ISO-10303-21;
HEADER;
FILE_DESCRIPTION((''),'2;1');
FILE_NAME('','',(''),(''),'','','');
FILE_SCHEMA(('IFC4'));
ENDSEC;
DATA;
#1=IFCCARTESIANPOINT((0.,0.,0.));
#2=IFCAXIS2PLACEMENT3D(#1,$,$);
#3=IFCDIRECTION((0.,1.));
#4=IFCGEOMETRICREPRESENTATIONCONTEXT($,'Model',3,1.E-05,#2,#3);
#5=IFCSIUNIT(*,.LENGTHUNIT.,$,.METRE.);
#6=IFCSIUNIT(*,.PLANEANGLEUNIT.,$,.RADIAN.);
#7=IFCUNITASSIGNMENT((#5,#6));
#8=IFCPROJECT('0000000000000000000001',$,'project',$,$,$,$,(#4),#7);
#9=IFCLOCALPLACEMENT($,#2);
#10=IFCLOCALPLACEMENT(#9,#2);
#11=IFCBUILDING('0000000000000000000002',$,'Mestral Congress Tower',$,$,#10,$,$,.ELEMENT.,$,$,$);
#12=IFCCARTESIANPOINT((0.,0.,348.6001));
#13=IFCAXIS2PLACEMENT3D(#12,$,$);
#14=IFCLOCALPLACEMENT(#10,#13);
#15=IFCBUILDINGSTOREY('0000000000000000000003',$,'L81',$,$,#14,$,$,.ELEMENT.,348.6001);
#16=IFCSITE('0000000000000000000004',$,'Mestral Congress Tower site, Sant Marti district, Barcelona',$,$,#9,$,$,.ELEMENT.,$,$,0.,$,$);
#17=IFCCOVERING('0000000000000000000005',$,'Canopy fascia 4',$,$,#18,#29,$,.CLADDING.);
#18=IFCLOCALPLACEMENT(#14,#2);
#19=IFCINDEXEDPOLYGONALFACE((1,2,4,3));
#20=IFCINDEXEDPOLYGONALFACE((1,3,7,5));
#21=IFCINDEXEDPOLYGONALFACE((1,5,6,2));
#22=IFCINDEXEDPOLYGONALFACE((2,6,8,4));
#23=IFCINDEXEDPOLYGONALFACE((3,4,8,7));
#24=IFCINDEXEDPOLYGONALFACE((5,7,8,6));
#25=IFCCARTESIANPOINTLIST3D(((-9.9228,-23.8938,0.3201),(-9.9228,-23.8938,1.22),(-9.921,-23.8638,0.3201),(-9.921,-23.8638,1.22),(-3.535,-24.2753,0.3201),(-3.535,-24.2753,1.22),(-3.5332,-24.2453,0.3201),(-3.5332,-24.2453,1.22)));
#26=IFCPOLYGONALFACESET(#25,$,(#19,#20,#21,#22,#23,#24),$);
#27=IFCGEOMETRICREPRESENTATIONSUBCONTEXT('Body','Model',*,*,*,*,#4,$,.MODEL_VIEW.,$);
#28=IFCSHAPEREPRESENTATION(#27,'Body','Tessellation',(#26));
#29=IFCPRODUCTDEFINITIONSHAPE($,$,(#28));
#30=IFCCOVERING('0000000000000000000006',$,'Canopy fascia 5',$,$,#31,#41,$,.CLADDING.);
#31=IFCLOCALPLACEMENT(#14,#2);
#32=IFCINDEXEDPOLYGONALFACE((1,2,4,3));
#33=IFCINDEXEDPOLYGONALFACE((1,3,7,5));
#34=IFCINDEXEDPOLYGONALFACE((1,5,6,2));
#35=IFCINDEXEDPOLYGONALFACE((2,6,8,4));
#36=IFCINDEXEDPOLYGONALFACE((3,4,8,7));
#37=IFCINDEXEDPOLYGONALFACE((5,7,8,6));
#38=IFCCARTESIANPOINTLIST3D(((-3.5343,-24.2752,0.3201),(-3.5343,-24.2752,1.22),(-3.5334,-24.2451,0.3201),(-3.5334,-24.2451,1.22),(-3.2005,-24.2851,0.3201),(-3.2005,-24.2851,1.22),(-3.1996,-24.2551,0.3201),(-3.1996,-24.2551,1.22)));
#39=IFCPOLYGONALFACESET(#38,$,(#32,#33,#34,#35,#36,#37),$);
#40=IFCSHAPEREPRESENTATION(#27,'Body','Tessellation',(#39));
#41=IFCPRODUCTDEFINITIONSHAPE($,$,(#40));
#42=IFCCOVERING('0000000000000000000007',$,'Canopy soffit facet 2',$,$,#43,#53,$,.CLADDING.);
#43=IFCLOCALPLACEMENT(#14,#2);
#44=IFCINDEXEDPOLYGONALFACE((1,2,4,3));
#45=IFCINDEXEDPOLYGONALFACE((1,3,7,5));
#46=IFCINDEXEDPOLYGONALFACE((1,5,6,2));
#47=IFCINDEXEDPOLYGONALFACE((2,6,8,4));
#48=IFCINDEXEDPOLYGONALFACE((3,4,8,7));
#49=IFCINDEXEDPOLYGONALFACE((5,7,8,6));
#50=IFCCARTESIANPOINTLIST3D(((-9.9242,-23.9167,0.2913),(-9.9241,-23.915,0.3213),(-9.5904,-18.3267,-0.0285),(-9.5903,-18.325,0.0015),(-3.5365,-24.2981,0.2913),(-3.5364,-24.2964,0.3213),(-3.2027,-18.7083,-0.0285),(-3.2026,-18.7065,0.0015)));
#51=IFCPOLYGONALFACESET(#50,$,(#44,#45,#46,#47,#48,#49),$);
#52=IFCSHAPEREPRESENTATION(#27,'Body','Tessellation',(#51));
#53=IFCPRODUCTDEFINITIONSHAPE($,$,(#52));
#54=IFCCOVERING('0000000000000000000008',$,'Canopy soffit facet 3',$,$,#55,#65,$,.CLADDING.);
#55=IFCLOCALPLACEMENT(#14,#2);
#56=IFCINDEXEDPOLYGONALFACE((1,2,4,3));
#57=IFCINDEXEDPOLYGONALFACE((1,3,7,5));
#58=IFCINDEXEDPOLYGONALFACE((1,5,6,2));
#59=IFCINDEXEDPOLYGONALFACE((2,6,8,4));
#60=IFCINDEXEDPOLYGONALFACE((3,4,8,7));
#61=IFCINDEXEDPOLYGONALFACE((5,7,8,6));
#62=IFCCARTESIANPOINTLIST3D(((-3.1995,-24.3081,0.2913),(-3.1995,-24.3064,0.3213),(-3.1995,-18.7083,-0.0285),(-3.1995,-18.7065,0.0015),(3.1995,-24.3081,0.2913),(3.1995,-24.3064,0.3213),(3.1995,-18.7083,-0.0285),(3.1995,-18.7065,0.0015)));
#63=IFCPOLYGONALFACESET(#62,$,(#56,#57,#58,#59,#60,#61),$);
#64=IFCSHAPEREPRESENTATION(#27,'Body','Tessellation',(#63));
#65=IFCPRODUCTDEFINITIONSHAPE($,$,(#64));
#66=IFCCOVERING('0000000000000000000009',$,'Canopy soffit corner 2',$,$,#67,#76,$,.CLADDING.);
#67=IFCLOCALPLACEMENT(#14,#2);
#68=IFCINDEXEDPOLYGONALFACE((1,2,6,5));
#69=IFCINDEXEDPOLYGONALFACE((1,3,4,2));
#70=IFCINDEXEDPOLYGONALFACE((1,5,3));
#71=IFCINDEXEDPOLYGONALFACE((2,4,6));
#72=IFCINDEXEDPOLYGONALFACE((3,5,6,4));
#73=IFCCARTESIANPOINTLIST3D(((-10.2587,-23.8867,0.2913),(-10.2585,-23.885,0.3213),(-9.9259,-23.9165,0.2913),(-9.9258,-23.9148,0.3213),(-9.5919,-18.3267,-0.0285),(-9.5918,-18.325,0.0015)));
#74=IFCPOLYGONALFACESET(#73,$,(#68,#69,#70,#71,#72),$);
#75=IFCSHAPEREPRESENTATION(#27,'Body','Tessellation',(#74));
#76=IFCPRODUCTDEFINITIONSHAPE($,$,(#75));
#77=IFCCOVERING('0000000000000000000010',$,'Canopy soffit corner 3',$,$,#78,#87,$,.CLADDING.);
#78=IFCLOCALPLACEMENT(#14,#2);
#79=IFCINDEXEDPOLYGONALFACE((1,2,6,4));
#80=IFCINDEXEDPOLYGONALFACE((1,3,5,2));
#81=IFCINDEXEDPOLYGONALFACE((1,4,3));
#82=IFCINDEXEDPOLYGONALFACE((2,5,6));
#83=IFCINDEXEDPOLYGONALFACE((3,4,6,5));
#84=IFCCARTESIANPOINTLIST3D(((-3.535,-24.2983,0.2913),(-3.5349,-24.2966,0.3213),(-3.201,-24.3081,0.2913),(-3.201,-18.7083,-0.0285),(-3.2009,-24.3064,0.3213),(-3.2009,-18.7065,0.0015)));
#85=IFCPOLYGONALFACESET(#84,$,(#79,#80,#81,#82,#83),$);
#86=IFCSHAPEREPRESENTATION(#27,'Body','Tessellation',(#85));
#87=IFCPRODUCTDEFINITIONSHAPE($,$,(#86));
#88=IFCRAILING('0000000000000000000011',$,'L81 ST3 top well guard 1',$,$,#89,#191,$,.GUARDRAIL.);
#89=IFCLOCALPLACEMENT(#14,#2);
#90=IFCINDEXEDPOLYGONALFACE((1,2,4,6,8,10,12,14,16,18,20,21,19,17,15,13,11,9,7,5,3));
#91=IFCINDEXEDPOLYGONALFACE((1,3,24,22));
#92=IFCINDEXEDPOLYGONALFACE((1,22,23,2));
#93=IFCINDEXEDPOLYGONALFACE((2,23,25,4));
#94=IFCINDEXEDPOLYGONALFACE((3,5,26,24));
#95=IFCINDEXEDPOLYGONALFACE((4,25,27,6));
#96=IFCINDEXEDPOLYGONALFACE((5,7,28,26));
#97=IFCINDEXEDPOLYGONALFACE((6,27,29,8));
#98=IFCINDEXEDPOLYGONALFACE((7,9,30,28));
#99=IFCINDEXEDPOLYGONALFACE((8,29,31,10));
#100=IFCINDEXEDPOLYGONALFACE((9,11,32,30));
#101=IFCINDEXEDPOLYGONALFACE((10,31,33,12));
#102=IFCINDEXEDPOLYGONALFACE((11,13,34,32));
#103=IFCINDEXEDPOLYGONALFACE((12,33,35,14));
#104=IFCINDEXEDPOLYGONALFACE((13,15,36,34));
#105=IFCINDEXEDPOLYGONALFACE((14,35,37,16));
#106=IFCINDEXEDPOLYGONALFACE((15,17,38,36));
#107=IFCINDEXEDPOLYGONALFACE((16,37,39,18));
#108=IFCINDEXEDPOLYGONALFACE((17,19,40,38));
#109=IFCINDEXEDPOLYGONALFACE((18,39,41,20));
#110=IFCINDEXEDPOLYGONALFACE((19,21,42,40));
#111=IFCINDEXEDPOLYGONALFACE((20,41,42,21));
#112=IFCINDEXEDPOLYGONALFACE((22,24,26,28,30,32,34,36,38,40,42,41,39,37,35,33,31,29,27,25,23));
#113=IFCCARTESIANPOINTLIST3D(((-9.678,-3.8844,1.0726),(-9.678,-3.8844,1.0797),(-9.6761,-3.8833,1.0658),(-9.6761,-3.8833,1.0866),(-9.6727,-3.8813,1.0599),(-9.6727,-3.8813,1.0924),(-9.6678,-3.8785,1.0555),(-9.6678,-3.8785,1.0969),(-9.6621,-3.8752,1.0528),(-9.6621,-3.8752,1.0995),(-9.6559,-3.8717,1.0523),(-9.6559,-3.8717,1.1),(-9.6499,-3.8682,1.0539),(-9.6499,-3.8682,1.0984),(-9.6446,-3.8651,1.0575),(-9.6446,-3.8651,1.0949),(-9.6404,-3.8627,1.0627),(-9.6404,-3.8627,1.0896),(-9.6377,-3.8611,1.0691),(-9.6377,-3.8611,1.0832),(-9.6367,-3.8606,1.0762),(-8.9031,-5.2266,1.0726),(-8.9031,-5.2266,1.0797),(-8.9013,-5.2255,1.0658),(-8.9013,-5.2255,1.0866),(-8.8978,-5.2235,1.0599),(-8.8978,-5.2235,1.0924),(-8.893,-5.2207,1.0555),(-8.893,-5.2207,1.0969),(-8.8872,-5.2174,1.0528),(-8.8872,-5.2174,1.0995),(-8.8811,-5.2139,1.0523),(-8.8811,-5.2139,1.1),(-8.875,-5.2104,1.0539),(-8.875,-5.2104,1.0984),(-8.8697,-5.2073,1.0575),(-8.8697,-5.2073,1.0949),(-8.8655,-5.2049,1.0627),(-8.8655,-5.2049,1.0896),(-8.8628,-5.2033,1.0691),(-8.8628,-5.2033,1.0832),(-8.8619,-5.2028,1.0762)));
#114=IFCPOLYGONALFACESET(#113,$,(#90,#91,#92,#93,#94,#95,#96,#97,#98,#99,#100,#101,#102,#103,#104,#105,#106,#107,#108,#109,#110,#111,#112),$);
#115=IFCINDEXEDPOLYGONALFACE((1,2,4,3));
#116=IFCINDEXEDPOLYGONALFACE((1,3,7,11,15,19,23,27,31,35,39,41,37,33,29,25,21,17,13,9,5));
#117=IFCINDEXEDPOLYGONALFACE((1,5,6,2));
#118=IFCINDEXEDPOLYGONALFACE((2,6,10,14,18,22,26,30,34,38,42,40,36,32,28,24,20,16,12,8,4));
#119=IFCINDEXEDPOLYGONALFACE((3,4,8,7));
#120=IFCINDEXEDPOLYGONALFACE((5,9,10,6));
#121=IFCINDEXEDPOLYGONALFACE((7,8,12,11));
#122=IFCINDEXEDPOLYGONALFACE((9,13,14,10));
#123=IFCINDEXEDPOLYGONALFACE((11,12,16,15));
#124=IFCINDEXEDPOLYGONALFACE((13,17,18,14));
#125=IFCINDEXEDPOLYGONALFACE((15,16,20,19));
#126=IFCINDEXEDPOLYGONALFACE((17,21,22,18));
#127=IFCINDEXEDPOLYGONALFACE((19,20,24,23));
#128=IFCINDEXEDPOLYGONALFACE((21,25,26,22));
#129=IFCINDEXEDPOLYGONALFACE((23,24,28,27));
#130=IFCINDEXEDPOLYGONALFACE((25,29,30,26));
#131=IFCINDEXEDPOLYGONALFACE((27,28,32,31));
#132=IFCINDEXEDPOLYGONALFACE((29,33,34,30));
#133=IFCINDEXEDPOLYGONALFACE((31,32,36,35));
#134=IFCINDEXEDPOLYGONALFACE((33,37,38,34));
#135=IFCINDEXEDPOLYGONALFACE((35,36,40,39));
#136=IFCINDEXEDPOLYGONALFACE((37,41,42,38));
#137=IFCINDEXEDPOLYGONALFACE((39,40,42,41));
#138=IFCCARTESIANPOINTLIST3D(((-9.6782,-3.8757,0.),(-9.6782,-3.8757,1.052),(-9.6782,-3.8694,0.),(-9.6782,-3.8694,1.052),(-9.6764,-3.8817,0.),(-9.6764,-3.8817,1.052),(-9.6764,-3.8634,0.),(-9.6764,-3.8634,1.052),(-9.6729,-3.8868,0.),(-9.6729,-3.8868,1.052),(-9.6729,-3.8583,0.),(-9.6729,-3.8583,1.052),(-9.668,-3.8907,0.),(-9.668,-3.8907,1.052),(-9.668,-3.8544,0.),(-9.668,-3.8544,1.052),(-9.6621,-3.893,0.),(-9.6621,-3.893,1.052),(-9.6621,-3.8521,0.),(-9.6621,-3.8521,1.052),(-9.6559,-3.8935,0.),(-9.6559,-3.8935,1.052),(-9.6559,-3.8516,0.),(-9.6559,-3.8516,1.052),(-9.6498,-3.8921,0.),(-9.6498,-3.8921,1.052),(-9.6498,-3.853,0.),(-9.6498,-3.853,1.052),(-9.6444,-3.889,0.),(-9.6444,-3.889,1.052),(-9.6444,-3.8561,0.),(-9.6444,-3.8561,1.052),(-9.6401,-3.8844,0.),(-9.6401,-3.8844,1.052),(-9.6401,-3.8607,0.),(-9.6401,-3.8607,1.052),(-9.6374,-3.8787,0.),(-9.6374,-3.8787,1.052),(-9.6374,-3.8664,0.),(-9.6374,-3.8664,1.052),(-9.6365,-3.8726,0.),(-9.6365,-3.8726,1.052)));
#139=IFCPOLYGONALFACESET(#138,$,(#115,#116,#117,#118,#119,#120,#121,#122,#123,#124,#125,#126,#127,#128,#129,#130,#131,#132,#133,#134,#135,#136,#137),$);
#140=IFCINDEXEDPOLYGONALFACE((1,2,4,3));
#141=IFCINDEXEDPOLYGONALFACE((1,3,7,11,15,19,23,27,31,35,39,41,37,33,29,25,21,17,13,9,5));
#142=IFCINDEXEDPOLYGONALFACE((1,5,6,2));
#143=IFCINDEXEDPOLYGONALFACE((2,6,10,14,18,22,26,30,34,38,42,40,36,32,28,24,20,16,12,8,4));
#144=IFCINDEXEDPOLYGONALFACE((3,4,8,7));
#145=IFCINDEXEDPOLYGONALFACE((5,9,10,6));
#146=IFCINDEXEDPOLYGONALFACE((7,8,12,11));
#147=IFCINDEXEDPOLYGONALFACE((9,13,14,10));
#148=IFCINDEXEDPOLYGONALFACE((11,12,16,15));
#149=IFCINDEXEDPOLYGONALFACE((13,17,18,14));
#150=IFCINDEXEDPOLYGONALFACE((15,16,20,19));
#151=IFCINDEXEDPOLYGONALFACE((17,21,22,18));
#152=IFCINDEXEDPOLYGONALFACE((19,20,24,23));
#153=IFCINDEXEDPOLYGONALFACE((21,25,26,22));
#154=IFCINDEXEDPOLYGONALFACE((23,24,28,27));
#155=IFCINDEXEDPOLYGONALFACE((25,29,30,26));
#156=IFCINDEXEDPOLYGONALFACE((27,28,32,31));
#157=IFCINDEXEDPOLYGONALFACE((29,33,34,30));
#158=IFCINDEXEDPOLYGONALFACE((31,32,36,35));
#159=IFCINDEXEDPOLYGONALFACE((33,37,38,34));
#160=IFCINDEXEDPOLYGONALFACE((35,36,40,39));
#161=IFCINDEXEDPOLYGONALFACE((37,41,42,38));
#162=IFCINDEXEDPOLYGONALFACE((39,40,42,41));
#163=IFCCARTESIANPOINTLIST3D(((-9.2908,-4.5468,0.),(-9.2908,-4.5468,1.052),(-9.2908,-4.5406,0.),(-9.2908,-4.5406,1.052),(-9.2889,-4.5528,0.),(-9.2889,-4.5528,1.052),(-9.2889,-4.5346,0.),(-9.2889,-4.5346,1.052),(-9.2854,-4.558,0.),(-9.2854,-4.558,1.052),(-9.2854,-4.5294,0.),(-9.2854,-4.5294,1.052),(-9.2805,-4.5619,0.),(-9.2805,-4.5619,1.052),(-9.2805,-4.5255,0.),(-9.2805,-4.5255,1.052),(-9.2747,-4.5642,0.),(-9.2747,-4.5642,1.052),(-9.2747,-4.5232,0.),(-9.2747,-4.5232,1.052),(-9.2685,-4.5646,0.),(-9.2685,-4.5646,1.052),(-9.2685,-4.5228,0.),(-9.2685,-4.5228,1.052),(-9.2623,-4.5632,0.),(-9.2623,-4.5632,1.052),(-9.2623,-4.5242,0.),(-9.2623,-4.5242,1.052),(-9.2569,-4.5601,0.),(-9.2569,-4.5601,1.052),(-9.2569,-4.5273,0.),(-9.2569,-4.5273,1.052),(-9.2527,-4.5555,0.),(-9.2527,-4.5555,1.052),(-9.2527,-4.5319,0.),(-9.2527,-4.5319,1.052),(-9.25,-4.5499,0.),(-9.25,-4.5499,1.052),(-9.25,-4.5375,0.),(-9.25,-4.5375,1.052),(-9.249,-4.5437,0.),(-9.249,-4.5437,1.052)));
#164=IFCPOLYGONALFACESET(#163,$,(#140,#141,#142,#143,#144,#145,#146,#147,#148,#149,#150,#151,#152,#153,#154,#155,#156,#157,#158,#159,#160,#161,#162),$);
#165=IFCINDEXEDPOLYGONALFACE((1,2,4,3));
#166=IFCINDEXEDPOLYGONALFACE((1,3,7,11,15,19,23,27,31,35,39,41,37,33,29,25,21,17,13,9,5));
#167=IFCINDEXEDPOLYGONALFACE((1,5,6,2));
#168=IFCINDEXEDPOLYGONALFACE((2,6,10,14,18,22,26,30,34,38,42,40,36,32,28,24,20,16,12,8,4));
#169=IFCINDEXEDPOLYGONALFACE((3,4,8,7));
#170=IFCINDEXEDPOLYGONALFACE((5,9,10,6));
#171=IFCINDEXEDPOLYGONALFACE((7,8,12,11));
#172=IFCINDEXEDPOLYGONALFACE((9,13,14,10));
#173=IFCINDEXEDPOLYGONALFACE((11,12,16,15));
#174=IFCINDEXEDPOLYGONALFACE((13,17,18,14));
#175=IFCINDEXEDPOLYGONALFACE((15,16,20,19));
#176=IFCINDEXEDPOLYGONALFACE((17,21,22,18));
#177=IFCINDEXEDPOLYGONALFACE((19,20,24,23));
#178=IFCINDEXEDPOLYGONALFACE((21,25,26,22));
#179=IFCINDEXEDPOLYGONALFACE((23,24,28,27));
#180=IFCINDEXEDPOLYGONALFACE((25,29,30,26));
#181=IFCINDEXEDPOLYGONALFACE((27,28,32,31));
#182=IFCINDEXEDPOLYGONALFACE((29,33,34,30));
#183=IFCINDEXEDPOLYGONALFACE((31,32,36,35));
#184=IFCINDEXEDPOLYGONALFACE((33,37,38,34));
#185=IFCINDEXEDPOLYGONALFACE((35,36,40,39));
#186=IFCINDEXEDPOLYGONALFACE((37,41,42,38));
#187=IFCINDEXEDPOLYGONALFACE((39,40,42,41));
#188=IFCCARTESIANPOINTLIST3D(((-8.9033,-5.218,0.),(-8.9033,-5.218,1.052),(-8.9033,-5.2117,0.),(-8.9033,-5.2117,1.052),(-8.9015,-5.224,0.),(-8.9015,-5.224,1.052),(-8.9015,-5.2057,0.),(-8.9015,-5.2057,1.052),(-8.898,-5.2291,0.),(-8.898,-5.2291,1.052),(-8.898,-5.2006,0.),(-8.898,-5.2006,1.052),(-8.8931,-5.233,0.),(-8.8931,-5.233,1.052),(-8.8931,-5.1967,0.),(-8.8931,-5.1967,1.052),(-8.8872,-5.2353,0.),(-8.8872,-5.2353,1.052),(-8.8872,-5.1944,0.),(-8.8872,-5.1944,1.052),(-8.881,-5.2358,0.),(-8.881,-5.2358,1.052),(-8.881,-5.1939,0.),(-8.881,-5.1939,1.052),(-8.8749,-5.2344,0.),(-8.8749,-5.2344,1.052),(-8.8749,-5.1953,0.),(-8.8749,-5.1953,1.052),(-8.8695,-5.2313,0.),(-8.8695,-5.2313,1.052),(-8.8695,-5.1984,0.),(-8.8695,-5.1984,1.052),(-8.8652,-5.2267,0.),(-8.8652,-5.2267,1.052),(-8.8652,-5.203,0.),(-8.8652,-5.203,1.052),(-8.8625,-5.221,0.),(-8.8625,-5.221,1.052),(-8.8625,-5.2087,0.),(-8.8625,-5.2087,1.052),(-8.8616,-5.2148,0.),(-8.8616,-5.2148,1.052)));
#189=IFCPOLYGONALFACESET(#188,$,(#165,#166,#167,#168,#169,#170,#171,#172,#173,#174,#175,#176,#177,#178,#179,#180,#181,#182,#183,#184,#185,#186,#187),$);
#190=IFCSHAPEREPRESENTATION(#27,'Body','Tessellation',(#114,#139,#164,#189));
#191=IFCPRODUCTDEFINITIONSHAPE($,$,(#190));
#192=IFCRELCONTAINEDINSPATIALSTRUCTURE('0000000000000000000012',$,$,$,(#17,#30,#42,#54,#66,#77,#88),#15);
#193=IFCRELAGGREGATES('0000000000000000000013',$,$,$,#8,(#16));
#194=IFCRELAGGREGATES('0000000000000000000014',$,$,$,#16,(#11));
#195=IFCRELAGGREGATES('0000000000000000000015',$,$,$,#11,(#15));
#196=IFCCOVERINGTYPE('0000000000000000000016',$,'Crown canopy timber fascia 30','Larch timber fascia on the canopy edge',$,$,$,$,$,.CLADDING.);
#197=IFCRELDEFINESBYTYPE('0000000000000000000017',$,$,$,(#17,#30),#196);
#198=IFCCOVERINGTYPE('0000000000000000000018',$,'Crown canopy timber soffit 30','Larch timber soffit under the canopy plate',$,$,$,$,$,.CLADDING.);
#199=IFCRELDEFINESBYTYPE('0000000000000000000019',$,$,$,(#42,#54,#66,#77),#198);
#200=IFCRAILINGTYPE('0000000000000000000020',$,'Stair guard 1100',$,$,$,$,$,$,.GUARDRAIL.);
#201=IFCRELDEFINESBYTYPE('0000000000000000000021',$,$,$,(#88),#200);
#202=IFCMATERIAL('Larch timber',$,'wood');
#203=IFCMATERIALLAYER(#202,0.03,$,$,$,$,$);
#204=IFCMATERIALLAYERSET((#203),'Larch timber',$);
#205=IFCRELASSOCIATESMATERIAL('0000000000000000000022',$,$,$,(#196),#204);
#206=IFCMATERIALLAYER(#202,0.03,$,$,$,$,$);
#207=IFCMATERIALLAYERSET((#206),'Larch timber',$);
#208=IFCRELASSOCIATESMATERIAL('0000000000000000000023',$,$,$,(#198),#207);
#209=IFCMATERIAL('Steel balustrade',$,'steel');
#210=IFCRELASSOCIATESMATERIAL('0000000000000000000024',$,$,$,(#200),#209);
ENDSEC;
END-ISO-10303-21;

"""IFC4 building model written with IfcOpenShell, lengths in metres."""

from ifc_helpers import new_model, si_unit, direction, frame, origin, origin_2d, place, context, subcontext, project, spatial, polyline, rectangle, circle, outline, extrude, material, layer, layer_set, type_object, element, save


model = new_model("IFC4")

# Units and contexts
model_context = context("Model", 3, precision=1e-05, world=origin(), true_north=direction((0.0, 1.0)))
body_context = subcontext(model_context, "Body", "Model", "MODEL_VIEW")
ifc_project = project(units=[si_unit("LENGTHUNIT", "METRE"), si_unit("PLANEANGLEUNIT", "RADIAN")], contexts=[model_context])

# Site, building, storey
site_placement = place(None, origin())
site = spatial("IfcSite", under=ifc_project, at=site_placement, Name="Mestral Congress Tower site, Sant Marti district, Barcelona", CompositionType="ELEMENT", RefElevation=0.0)
building_placement = place(site_placement, origin())
building = spatial("IfcBuilding", under=site, at=building_placement, Name="Mestral Congress Tower", CompositionType="ELEMENT")
storey_placement = place(building_placement, frame((0.0, 0.0, 348.6001)))
storey = spatial("IfcBuildingStorey", under=building, at=storey_placement, Name="L81", CompositionType="ELEMENT", Elevation=348.6001)

# Coverings
ifc_material_1 = material(Name="Larch timber", Category="wood")
ifc_layer_1 = layer(ifc_material_1, 0.03)
ifc_layer_set_1 = layer_set([ifc_layer_1], Name="Larch timber")
covering_type_1 = type_object("IfcCoveringType", Name="Crown canopy timber fascia 30", Description="Larch timber fascia on the canopy edge", PredefinedType="CLADDING", material=ifc_layer_set_1)
covering_1_placement = place(storey_placement, frame((-6.728, -24.0696, 0.3201), z_axis=(0.0, 0.0, 1.0), x_axis=(0.998221, -0.059618, 0.0)))
element("IfcCovering", 1, at=covering_1_placement, inside=storey, type_object=covering_type_1, Name="Canopy fascia 4", PredefinedType="CLADDING", context=body_context, shape_type="SweptSolid", body=[
    extrude(rectangle(XDim=6.3992, YDim=0.03, at=origin_2d()), origin(), (0.0, 0.0, 1.0), 0.8999),
])
covering_2_placement = place(storey_placement, frame((-3.3669, -24.2651, 0.3201), z_axis=(0.0, 0.0, 1.0), x_axis=(0.999555, -0.029822, 0.0)))
element("IfcCovering", 2, at=covering_2_placement, inside=storey, type_object=covering_type_1, Name="Canopy fascia 5", PredefinedType="CLADDING", context=body_context, shape_type="SweptSolid", body=[
    extrude(rectangle(XDim=0.334, YDim=0.03, at=origin_2d()), origin(), (0.0, 0.0, 1.0), 0.8999),
])
ifc_layer_2 = layer(ifc_material_1, 0.03)
ifc_layer_set_2 = layer_set([ifc_layer_2], Name="Larch timber")
covering_type_2 = type_object("IfcCoveringType", Name="Crown canopy timber soffit 30", Description="Larch timber soffit under the canopy plate", PredefinedType="CLADDING", material=ifc_layer_set_2)
covering_3_placement = place(storey_placement, frame((-9.5903, -18.325, 0.0015), z_axis=(0.003399, 0.056918, 0.998373), x_axis=(0.99822, -0.059632, 0.000001)))
element("IfcCovering", 3, at=covering_3_placement, inside=storey, type_object=covering_type_2, Name="Canopy soffit facet 2", PredefinedType="CLADDING", context=body_context, shape_type="SweptSolid", body=[
    extrude(outline(polyline([(0.0, 0.0), (6.3991, 0.0), (6.3993, -5.6089), (0.0002, -5.6092), (0.0, 0.0)])), origin(), (0.0, 0.0, -1.0), 0.03),
])
covering_4_placement = place(storey_placement, frame((-3.1995, -18.7065, 0.0015), z_axis=(0.0, 0.05702, 0.998373), x_axis=(1.0, 0.0, 0.0)))
element("IfcCovering", 4, at=covering_4_placement, inside=storey, type_object=covering_type_2, Name="Canopy soffit facet 3", PredefinedType="CLADDING", context=body_context, shape_type="SweptSolid", body=[
    extrude(outline(polyline([(0.0, 0.0), (6.3989, 0.0), (6.3989, -5.609), (0.0, -5.609), (0.0, 0.0)])), origin(), (0.0, 0.0, -1.0), 0.03),
])
covering_5_placement = place(storey_placement, frame((-9.5918, -18.325, 0.0015), z_axis=(0.005086, 0.056818, 0.998372), x_axis=(-0.118871, -0.991271, 0.05702)))
element("IfcCovering", 5, at=covering_5_placement, inside=storey, type_object=covering_type_2, Name="Canopy soffit corner 2", PredefinedType="CLADDING", context=body_context, shape_type="SweptSolid", body=[
    extrude(outline(polyline([(0.0, 0.0), (5.609, 0.0), (5.599, 0.3339), (0.0, 0.0)])), origin(), (0.0, 0.0, -1.0), 0.03),
])
covering_6_placement = place(storey_placement, frame((-3.2009, -18.7065, 0.0015), z_axis=(0.001667, 0.05702, 0.998372), x_axis=(-0.059542, -0.996596, 0.057018)))
element("IfcCovering", 6, at=covering_6_placement, inside=storey, type_object=covering_type_2, Name="Canopy soffit corner 3", PredefinedType="CLADDING", context=body_context, shape_type="SweptSolid", body=[
    extrude(outline(polyline([(0.0, 0.0), (5.6092, 0.0), (5.599, 0.334), (0.0, 0.0)])), origin(), (0.0, 0.0, -1.0), 0.03),
])

# Railing
ifc_material_2 = material(Name="Steel balustrade", Category="steel")
railing_type = type_object("IfcRailingType", Name="Stair guard 1100", PredefinedType="GUARDRAIL", material=ifc_material_2)
railing_placement = place(storey_placement, frame((-9.6575, -3.8726, 0.0)))
element("IfcRailing", 7, at=railing_placement, inside=storey, type_object=railing_type, Name="L81 ST3 top well guard 1", PredefinedType="GUARDRAIL", context=body_context, shape_type="SweptSolid", body=[
    extrude(circle(Radius=0.0239, at=origin_2d()), frame((0.0, 0.0, 1.0762), z_axis=(0.499968, -0.866044, 0.0), x_axis=(0.866044, 0.499968, 0.0)), (0.0, 0.0, 1.0), 1.5498),
    extrude(circle(Radius=0.021, at=origin_2d()), origin(), (0.0, 0.0, 1.0), 1.052),
    extrude(circle(Radius=0.021, at=origin_2d()), frame((0.3875, -0.6711, 0.0)), (0.0, 0.0, 1.0), 1.052),
    extrude(circle(Radius=0.021, at=origin_2d()), frame((0.7749, -1.3423, 0.0)), (0.0, 0.0, 1.0), 1.052),
])

save(model, "model.ifc")
